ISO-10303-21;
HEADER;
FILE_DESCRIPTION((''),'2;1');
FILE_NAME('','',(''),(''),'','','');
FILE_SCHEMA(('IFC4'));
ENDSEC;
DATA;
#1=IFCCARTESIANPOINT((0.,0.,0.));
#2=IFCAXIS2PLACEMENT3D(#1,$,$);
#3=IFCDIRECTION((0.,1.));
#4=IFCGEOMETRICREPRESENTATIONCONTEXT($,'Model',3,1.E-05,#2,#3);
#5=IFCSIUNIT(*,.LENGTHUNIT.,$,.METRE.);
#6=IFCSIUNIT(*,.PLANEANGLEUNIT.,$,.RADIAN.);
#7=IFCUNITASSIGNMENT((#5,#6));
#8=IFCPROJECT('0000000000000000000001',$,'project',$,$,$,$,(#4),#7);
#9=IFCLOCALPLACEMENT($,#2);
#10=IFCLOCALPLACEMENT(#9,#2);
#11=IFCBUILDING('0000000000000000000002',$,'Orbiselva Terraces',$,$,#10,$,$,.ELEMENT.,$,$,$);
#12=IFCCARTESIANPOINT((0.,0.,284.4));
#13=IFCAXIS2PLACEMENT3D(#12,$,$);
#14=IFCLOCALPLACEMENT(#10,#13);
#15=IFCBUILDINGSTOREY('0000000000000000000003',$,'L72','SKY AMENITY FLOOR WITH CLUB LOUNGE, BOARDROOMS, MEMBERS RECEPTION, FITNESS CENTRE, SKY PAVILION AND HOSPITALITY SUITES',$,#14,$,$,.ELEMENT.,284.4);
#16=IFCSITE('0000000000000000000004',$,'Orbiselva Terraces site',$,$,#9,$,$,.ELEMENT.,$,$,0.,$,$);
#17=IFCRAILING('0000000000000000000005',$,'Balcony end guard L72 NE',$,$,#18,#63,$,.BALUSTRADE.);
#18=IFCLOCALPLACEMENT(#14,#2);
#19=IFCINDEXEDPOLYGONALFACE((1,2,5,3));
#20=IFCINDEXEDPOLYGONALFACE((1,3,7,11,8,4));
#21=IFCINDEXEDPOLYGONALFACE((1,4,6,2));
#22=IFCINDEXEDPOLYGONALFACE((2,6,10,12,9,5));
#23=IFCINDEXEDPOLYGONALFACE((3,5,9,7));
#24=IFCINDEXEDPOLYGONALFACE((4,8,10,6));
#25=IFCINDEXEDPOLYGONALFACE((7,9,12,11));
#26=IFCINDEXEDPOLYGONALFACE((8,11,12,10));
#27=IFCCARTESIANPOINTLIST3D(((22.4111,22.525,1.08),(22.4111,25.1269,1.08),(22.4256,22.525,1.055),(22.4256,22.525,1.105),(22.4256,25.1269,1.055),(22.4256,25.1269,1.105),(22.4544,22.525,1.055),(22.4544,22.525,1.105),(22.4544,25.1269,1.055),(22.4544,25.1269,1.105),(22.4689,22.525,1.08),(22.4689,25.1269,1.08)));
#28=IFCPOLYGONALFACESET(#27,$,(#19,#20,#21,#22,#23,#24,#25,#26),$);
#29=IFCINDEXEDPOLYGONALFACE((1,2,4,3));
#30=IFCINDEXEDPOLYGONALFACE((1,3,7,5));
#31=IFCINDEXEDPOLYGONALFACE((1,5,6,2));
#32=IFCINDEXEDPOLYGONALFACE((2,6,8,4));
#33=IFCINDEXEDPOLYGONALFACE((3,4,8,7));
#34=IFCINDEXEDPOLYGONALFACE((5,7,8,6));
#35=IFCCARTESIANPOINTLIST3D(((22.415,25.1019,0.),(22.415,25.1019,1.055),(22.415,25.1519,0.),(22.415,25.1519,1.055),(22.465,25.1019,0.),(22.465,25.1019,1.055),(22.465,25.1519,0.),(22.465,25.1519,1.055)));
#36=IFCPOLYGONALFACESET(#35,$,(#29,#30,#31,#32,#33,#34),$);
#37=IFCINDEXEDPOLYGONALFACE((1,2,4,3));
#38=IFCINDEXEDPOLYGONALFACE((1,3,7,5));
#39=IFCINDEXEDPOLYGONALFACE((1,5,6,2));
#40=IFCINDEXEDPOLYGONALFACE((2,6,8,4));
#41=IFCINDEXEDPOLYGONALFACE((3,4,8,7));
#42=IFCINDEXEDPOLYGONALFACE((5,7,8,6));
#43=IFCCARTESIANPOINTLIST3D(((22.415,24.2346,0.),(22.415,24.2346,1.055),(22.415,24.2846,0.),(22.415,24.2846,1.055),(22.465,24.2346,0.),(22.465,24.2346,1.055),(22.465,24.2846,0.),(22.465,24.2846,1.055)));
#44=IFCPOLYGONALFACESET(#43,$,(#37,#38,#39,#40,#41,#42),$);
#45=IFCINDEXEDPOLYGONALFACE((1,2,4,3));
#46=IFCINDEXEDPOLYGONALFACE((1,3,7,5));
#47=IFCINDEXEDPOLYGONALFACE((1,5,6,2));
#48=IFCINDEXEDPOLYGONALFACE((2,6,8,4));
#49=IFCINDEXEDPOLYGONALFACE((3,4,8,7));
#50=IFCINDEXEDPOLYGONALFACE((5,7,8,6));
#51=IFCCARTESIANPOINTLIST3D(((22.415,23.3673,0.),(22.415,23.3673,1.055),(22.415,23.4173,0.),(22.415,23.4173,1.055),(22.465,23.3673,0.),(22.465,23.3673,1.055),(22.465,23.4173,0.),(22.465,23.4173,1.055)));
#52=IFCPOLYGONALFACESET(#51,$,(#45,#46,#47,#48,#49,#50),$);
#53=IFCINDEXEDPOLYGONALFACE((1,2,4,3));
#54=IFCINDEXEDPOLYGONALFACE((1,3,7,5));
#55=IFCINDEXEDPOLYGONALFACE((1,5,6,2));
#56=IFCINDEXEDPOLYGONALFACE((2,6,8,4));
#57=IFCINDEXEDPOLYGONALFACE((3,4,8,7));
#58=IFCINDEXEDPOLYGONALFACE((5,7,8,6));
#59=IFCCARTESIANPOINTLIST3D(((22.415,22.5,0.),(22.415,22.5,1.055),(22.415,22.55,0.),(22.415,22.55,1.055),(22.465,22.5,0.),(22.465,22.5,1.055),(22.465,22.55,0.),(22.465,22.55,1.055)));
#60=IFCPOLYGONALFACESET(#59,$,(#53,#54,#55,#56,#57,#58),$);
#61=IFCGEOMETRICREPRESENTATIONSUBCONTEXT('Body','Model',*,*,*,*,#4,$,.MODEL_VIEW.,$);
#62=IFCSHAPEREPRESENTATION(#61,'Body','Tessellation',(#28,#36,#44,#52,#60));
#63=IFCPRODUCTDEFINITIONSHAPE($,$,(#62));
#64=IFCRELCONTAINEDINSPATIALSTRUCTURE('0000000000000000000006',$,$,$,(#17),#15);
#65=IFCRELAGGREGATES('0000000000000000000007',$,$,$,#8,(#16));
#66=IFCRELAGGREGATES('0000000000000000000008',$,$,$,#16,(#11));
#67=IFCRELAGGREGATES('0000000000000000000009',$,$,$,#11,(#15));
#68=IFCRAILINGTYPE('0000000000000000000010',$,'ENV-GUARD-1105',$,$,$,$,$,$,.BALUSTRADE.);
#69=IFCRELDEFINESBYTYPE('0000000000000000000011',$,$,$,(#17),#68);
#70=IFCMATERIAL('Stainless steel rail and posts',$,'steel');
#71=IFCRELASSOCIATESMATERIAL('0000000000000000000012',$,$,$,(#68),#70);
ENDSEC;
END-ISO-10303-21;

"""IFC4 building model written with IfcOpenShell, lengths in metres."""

from ifc_helpers import new_model, si_unit, direction, frame, origin, origin_2d, place, context, subcontext, project, spatial, polyline, rectangle, outline, extrude, material, type_object, element, save


model = new_model("IFC4")

# Units and contexts
model_context = context("Model", 3, precision=1e-05, world=origin(), true_north=direction((0.0, 1.0)))
body_context = subcontext(model_context, "Body", "Model", "MODEL_VIEW")
ifc_project = project(units=[si_unit("LENGTHUNIT", "METRE"), si_unit("PLANEANGLEUNIT", "RADIAN")], contexts=[model_context])

# Site, building, storey
site_placement = place(None, origin())
site = spatial("IfcSite", under=ifc_project, at=site_placement, Name="Orbiselva Terraces site", CompositionType="ELEMENT", RefElevation=0.0)
building_placement = place(site_placement, origin())
building = spatial("IfcBuilding", under=site, at=building_placement, Name="Orbiselva Terraces", CompositionType="ELEMENT")
storey_placement = place(building_placement, frame((0.0, 0.0, 284.4)))
storey = spatial("IfcBuildingStorey", under=building, at=storey_placement, Name="L72", Description="SKY AMENITY FLOOR WITH CLUB LOUNGE, BOARDROOMS, MEMBERS RECEPTION, FITNESS CENTRE, SKY PAVILION AND HOSPITALITY SUITES", CompositionType="ELEMENT", Elevation=284.4)

# Railing
ifc_material_1 = material(Name="Stainless steel rail and posts", Category="steel")
railing_type_1 = type_object("IfcRailingType", Name="ENV-GUARD-1105", PredefinedType="BALUSTRADE", material=ifc_material_1)
railing_1_placement = place(storey_placement, frame((22.44, 25.1269, 0.0)))
element("IfcRailing", 1, at=railing_1_placement, inside=storey, type_object=railing_type_1, Name="Balcony end guard L72 NE", PredefinedType="BALUSTRADE", context=body_context, shape_type="SweptSolid", body=[
    extrude(outline(polyline([(0.0289, 0.0), (0.0144, 0.025), (-0.0144, 0.025), (-0.0289, 0.0), (-0.0144, -0.025), (0.0144, -0.025), (0.0289, 0.0)])), frame((0.0, 0.0, 1.08), z_axis=(0.0, -1.0, 0.0), x_axis=(1.0, 0.0, 0.0)), (0.0, 0.0, 1.0), 2.6019),
    extrude(rectangle(XDim=0.05, YDim=0.05, at=origin_2d()), origin(), (0.0, 0.0, 1.0), 1.055),
    extrude(rectangle(XDim=0.05, YDim=0.05, at=origin_2d()), frame((0.0, -0.8673, 0.0)), (0.0, 0.0, 1.0), 1.055),
    extrude(rectangle(XDim=0.05, YDim=0.05, at=origin_2d()), frame((0.0, -1.7346, 0.0)), (0.0, 0.0, 1.0), 1.055),
    extrude(rectangle(XDim=0.05, YDim=0.05, at=origin_2d()), frame((0.0, -2.6019, 0.0)), (0.0, 0.0, 1.0), 1.055),
])

save(model, "model.ifc")
